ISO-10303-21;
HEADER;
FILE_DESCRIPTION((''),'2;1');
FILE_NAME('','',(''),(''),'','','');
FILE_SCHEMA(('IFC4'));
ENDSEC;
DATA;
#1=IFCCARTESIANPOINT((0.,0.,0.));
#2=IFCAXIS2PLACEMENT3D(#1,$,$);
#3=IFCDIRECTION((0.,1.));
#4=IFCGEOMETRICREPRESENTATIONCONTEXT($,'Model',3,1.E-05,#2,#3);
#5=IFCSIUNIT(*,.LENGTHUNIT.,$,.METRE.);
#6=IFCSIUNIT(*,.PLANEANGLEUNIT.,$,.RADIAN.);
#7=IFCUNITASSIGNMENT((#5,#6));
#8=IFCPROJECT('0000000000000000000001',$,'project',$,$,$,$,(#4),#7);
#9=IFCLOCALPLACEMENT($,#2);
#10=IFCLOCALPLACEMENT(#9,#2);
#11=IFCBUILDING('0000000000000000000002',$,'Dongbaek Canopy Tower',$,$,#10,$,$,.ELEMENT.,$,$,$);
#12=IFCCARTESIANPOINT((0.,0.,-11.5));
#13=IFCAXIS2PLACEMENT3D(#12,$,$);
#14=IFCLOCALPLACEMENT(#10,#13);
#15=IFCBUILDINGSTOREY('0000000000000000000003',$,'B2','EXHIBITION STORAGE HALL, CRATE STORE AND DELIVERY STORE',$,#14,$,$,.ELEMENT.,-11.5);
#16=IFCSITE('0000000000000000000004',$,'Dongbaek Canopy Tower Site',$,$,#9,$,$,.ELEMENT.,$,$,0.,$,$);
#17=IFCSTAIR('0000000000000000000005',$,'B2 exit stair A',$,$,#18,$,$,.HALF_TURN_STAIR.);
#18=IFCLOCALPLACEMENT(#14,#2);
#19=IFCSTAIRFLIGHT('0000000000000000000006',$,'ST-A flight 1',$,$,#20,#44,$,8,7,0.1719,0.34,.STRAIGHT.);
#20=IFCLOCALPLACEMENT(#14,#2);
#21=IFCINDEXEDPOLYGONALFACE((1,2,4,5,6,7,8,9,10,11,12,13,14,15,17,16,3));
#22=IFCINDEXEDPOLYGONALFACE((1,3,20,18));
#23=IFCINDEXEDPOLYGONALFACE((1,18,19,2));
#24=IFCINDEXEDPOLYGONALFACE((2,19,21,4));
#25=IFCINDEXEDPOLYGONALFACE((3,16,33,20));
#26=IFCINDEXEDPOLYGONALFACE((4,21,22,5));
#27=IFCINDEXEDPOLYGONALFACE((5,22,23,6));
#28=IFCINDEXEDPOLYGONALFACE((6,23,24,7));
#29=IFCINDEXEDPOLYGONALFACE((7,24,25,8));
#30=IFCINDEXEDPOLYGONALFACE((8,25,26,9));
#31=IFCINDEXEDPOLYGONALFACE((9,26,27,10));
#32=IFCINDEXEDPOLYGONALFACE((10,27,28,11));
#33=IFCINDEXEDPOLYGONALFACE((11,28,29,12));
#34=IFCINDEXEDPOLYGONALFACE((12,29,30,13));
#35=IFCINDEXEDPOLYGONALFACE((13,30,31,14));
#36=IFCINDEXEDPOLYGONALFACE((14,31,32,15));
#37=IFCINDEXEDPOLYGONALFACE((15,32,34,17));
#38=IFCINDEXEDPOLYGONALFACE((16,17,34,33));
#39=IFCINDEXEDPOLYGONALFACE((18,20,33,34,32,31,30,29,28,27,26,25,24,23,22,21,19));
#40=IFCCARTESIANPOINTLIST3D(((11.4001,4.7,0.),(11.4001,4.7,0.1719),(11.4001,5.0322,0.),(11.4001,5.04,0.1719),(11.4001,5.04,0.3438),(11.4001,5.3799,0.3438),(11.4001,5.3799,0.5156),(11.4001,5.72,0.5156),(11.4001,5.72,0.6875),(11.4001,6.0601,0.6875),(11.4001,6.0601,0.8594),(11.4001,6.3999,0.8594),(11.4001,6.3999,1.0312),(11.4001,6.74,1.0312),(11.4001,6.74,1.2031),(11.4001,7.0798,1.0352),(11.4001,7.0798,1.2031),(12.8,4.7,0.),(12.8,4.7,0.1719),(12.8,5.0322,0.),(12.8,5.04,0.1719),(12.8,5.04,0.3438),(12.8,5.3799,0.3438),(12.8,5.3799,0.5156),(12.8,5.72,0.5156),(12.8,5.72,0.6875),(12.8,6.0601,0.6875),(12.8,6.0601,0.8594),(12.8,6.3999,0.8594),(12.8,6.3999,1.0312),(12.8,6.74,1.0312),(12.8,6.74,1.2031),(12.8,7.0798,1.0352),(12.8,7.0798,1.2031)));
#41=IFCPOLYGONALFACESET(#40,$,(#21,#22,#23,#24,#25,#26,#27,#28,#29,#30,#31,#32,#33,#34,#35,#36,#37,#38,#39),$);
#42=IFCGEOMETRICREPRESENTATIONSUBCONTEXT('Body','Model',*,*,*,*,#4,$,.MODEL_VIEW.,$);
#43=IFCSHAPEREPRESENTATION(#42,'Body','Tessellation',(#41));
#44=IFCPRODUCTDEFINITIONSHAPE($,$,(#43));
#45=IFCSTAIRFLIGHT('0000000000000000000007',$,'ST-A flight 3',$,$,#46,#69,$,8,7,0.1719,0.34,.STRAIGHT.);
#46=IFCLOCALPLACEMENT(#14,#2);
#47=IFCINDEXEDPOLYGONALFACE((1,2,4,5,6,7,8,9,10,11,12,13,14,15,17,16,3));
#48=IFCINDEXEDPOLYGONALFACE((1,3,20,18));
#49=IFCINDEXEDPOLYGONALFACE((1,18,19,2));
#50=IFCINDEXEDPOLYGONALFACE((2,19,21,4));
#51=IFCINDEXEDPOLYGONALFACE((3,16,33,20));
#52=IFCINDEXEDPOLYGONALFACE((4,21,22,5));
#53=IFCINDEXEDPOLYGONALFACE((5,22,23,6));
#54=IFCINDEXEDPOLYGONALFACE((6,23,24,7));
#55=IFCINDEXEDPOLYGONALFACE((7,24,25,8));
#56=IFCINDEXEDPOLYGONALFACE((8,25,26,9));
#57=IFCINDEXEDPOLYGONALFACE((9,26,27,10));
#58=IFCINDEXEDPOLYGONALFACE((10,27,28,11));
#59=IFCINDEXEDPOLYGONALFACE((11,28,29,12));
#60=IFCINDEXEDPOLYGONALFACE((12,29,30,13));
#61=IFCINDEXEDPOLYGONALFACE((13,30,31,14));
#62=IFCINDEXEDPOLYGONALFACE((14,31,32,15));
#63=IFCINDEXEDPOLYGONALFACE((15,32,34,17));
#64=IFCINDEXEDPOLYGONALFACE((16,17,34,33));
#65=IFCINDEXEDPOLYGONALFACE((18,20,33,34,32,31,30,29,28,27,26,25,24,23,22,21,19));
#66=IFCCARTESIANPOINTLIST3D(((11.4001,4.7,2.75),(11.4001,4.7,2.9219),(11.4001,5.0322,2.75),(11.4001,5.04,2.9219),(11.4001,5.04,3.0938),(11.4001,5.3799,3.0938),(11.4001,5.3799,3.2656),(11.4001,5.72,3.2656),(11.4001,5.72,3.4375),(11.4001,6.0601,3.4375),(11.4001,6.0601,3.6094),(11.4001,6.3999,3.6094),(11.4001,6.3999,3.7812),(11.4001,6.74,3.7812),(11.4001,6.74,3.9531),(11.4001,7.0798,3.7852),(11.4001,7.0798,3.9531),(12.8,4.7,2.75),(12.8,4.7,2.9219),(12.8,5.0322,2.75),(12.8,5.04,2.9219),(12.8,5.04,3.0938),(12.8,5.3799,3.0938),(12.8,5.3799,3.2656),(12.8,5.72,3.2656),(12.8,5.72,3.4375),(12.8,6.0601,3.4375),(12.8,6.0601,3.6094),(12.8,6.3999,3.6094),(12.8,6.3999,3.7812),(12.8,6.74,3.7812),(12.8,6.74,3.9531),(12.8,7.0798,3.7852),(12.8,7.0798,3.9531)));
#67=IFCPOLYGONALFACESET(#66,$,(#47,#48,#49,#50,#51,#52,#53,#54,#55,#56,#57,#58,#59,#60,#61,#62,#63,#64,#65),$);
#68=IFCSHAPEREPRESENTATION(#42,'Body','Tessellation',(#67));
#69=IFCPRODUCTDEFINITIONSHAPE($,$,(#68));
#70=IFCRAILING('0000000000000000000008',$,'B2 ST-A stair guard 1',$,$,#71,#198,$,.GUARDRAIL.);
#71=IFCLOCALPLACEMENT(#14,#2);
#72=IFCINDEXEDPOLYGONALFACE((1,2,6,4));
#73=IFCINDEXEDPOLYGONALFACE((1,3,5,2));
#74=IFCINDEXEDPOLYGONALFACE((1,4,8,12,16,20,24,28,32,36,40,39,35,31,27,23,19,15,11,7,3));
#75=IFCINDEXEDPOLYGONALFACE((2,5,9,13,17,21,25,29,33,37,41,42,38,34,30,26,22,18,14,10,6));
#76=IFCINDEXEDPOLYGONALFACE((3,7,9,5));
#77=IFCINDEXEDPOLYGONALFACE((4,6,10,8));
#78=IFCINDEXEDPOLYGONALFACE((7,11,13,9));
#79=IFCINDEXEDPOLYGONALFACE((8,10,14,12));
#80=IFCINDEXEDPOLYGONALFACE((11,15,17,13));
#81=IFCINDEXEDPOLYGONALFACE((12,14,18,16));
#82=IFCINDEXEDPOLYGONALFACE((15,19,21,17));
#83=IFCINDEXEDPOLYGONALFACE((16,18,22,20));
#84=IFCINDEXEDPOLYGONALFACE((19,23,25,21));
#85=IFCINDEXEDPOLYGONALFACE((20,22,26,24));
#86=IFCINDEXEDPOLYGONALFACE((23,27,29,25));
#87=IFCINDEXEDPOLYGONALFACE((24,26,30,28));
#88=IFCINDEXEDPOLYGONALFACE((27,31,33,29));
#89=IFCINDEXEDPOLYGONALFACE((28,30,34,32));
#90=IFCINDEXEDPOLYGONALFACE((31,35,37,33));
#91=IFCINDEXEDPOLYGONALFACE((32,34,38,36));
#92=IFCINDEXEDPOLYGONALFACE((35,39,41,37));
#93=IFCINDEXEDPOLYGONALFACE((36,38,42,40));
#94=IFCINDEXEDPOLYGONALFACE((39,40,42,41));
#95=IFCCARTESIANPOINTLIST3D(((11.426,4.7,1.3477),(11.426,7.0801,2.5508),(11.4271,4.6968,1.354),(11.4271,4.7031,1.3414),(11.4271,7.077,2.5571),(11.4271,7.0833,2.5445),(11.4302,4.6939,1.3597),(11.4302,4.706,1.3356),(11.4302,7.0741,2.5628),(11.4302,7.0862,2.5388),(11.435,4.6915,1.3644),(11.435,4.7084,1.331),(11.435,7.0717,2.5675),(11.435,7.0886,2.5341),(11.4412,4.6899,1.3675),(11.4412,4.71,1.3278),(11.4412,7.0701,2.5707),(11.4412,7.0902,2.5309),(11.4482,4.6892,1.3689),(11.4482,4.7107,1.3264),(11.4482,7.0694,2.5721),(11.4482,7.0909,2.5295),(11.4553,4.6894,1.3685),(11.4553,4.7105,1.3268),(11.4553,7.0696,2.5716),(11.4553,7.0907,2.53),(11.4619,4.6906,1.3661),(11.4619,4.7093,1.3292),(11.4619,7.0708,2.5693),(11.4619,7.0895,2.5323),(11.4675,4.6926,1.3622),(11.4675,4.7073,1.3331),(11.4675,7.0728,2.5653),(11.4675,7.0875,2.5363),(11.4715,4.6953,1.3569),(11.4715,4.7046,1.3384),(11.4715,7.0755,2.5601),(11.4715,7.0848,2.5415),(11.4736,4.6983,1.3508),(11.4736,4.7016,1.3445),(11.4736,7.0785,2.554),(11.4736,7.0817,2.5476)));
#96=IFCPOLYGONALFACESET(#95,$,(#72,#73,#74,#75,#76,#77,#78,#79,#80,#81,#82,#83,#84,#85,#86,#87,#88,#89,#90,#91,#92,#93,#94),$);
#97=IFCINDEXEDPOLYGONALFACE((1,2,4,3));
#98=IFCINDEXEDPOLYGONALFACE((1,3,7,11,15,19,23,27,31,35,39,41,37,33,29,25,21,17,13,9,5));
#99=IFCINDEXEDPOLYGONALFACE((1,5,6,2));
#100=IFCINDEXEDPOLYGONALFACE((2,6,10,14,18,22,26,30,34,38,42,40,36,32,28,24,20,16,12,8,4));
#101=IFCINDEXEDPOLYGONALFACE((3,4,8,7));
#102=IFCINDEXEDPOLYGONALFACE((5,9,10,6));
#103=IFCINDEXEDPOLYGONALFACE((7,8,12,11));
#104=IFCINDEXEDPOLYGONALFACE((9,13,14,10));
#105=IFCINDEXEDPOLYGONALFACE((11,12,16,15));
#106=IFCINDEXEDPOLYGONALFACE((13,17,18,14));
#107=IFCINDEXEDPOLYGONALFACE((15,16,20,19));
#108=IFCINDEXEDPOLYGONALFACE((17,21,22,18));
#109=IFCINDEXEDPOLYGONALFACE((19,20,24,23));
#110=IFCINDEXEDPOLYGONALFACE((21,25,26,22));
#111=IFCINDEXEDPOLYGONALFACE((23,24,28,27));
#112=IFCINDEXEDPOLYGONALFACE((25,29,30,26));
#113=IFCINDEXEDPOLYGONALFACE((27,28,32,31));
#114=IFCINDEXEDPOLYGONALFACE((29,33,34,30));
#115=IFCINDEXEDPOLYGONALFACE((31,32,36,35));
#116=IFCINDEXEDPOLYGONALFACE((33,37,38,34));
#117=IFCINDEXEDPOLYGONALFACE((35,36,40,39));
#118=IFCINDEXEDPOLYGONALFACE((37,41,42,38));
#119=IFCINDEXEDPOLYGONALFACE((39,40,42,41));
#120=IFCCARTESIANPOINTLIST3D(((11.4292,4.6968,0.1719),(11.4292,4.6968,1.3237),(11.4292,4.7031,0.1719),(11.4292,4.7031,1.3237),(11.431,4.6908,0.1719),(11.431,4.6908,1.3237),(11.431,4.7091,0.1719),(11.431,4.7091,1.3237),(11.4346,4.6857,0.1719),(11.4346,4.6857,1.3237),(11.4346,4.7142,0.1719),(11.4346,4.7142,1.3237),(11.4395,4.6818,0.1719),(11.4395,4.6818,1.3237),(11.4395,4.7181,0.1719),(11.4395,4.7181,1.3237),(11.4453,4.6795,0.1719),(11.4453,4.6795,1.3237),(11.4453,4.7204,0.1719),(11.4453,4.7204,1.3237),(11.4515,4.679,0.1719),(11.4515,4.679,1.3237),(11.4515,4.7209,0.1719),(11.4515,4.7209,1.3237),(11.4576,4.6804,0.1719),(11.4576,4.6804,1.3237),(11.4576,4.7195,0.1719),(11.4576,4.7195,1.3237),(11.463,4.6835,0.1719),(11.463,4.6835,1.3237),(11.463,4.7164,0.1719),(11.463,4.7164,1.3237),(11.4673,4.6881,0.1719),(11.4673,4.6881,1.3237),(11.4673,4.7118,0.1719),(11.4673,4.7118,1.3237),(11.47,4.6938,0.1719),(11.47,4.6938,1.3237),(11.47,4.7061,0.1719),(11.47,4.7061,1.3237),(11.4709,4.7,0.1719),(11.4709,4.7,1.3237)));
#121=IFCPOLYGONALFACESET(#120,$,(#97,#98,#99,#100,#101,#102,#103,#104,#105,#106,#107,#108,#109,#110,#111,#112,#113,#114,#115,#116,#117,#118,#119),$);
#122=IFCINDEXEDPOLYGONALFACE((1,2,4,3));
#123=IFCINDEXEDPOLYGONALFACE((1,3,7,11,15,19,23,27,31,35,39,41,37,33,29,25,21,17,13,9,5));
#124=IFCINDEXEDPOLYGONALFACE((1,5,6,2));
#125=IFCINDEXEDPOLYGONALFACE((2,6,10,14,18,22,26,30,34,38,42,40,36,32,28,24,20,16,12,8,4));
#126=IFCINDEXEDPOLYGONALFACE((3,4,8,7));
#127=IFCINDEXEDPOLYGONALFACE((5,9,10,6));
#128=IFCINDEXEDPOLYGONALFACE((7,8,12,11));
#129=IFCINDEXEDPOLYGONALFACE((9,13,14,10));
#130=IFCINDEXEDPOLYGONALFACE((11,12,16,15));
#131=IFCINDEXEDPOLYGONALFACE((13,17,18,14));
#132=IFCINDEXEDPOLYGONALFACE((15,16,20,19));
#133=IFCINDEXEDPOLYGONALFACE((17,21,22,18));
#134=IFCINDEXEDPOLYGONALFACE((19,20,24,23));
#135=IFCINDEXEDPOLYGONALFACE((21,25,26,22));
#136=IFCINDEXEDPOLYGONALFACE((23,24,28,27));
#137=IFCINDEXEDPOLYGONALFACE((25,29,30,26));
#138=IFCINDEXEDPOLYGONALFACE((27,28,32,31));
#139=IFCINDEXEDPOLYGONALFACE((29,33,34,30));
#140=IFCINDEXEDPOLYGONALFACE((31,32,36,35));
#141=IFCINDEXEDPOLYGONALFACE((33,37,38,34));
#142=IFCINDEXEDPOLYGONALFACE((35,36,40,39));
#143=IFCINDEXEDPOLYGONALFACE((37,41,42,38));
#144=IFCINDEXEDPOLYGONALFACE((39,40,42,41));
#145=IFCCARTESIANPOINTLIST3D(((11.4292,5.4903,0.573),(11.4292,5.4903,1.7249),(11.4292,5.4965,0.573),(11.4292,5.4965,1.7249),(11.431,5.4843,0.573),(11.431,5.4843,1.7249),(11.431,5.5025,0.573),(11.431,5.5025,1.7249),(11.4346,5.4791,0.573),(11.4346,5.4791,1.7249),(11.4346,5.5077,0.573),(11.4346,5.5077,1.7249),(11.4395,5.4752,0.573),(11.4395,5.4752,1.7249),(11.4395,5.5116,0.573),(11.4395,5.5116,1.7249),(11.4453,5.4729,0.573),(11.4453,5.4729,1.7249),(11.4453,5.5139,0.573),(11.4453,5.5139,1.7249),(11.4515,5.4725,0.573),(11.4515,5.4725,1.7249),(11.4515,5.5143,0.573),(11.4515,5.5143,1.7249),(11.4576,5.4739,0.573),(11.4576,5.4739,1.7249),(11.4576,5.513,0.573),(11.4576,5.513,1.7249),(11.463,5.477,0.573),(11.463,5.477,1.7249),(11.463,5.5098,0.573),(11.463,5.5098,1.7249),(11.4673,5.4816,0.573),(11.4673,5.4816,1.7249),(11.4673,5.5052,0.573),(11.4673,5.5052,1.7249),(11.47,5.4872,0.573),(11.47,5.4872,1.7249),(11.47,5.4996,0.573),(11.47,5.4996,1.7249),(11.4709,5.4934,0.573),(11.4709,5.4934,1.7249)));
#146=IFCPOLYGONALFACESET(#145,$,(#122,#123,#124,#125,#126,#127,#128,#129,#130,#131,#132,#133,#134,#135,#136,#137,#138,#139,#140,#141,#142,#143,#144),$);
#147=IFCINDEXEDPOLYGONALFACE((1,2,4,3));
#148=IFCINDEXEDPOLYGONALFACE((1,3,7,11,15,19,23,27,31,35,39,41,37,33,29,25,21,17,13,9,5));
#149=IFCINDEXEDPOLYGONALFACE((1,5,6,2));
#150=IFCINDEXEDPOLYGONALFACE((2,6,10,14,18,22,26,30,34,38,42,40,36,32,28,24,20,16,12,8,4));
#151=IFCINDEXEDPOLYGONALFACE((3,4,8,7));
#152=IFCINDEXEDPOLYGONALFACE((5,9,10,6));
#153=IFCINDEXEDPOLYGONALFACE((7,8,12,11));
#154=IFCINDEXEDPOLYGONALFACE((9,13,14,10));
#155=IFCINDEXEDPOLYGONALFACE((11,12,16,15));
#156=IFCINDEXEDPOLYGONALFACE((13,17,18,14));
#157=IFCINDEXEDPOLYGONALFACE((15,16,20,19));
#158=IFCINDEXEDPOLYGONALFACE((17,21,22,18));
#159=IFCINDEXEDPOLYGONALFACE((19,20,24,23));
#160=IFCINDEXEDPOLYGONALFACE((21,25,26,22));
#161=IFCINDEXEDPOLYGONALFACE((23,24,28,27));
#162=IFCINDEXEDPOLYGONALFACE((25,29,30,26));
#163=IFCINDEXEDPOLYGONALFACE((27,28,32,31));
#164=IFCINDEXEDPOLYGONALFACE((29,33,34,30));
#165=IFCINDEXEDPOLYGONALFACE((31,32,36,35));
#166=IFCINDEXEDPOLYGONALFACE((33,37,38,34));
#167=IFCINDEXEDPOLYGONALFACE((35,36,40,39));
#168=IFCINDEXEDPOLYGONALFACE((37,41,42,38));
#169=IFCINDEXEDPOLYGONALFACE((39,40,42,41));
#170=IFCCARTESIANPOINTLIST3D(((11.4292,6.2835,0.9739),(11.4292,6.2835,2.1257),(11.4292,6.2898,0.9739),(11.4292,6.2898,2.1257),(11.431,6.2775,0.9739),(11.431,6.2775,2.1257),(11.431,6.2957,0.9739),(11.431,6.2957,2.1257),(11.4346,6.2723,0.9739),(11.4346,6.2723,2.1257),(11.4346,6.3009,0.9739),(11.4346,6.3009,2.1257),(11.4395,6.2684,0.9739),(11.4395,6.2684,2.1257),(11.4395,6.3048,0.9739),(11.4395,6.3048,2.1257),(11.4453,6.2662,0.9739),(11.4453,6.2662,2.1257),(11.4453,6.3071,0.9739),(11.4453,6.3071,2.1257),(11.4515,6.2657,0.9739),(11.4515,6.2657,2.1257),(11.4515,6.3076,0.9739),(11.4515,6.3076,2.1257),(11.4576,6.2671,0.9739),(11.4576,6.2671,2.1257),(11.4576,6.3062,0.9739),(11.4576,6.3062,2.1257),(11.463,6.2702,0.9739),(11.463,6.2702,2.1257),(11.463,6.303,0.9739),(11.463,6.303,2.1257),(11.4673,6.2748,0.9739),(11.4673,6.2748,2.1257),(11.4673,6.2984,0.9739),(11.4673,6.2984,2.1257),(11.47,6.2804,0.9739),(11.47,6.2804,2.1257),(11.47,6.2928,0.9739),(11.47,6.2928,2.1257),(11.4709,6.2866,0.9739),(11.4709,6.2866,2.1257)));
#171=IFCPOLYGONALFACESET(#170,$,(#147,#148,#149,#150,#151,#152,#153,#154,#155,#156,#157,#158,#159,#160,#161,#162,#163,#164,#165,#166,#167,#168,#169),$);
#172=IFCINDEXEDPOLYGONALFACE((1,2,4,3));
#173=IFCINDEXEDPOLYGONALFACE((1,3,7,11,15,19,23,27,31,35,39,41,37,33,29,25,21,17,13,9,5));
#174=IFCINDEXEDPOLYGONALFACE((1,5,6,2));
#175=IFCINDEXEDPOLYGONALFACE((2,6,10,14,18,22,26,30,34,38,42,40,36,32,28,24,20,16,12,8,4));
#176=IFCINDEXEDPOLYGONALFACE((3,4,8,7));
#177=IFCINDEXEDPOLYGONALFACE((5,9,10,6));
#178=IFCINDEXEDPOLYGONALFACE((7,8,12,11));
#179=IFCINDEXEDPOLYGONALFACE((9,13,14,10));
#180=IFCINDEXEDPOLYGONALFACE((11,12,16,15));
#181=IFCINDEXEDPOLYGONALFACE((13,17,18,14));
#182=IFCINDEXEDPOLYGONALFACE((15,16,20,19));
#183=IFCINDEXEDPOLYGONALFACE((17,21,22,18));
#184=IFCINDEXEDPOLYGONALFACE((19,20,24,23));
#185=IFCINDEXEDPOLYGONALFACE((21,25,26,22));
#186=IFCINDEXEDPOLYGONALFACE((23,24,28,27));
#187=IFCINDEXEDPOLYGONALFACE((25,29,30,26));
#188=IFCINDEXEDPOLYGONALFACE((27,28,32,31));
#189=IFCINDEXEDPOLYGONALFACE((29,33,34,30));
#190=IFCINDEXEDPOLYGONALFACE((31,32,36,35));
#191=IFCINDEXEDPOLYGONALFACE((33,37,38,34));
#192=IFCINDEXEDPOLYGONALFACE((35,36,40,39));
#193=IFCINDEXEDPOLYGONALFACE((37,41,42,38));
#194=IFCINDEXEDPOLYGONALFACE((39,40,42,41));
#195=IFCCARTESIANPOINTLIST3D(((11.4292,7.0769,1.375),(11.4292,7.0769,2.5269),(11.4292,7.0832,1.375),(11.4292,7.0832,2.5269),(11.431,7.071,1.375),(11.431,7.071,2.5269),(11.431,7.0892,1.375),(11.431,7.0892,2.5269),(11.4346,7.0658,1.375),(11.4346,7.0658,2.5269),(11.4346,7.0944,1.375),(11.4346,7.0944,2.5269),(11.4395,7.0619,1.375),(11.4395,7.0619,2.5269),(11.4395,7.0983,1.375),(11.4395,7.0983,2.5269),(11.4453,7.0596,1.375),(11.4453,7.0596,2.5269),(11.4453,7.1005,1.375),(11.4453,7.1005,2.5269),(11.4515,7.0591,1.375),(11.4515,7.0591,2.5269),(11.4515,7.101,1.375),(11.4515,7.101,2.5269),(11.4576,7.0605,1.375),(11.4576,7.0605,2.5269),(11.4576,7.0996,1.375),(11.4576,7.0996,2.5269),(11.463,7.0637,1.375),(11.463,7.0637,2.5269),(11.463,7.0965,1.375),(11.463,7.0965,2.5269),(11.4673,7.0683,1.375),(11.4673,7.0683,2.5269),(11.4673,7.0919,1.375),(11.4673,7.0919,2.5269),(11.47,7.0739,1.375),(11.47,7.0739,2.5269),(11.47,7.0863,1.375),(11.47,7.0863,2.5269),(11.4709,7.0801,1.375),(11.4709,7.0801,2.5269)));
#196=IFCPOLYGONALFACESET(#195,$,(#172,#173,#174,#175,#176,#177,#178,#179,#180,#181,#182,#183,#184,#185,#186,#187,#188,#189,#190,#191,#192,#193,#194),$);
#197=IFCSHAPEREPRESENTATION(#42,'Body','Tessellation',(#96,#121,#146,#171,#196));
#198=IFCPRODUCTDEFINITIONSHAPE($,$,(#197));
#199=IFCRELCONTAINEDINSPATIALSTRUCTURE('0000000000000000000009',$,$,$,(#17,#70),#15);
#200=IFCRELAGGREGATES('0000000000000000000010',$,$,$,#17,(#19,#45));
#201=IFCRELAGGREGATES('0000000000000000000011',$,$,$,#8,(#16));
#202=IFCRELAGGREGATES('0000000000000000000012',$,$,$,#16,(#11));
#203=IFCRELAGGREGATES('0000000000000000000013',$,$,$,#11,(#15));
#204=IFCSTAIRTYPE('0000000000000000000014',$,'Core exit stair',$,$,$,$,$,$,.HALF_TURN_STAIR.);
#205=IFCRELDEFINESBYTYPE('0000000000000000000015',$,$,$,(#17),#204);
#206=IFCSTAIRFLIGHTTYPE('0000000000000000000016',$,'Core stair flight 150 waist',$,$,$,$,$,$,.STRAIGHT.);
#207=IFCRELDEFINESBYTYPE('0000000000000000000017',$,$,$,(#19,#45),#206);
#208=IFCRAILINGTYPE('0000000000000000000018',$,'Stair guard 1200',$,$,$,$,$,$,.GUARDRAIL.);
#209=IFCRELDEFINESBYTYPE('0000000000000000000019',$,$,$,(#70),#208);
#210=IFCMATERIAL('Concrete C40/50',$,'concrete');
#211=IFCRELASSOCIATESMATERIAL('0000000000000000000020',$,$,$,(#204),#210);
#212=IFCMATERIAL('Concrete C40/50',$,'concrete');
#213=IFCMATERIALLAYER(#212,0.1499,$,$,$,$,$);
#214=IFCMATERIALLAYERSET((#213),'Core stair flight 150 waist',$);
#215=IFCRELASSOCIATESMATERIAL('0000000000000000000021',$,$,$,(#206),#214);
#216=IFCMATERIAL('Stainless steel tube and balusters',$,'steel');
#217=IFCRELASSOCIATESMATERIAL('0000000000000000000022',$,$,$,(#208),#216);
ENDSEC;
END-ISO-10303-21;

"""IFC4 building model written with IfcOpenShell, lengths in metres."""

from ifc_helpers import new_model, si_unit, direction, frame, origin, origin_2d, place, context, subcontext, project, spatial, polyline, circle, outline, extrude, material, layer, layer_set, type_object, element, aggregate, save


model = new_model("IFC4")

# Units and contexts
model_context = context("Model", 3, precision=1e-05, world=origin(), true_north=direction((0.0, 1.0)))
body_context = subcontext(model_context, "Body", "Model", "MODEL_VIEW")
ifc_project = project(units=[si_unit("LENGTHUNIT", "METRE"), si_unit("PLANEANGLEUNIT", "RADIAN")], contexts=[model_context])

# Site, building, storey
site_placement = place(None, origin())
site = spatial("IfcSite", under=ifc_project, at=site_placement, Name="Dongbaek Canopy Tower Site", CompositionType="ELEMENT", RefElevation=0.0)
building_placement = place(site_placement, origin())
building = spatial("IfcBuilding", under=site, at=building_placement, Name="Dongbaek Canopy Tower", CompositionType="ELEMENT")
storey_placement = place(building_placement, frame((0.0, 0.0, -11.5)))
storey = spatial("IfcBuildingStorey", under=building, at=storey_placement, Name="B2", Description="EXHIBITION STORAGE HALL, CRATE STORE AND DELIVERY STORE", CompositionType="ELEMENT", Elevation=-11.5)

# Stair, stair flights
ifc_material_1 = material(Name="Concrete C40/50", Category="concrete")
stair_type = type_object("IfcStairType", Name="Core exit stair", PredefinedType="HALF_TURN_STAIR", material=ifc_material_1)
stair_placement = place(storey_placement, origin())
stair = element("IfcStair", 1, at=stair_placement, inside=storey, type_object=stair_type, Name="B2 exit stair A", PredefinedType="HALF_TURN_STAIR")
ifc_material_2 = material(Name="Concrete C40/50", Category="concrete")
ifc_layer_1 = layer(ifc_material_2, 0.1499)
ifc_layer_set_1 = layer_set([ifc_layer_1], Name="Core stair flight 150 waist")
stair_flight_type = type_object("IfcStairFlightType", Name="Core stair flight 150 waist", PredefinedType="STRAIGHT", material=ifc_layer_set_1)
stair_flight_1_placement = place(storey_placement, frame((12.1001, 4.7, 0.0), z_axis=(0.0, 0.0, 1.0), x_axis=(0.0, 1.0, 0.0)))
stair_flight_1 = element("IfcStairFlight", 2, at=stair_flight_1_placement, type_object=stair_flight_type, Name="ST-A flight 1", NumberOfRisers=8, NumberOfTreads=7, PredefinedType="STRAIGHT", RiserHeight=0.1719, TreadLength=0.34, context=body_context, shape_type="SweptSolid", body=[
    extrude(outline(polyline([(0.0, 0.0), (0.0, 0.1719), (0.3401, 0.1719), (0.3401, 0.3438), (0.6799, 0.3438), (0.6799, 0.5156), (1.02, 0.5156), (1.02, 0.6875), (1.3601, 0.6875), (1.3601, 0.8594), (1.7, 0.8594), (1.7, 1.0312), (2.04, 1.0312), (2.04, 1.2031), (2.3799, 1.2031), (2.3799, 1.375), (2.3799, 1.0352), (0.3323, 0.0), (0.0, 0.0)])), frame((0.0, 0.7, 0.0), z_axis=(0.0, -1.0, 0.0), x_axis=(1.0, 0.0, 0.0)), (0.0, 0.0, 1.0), 1.3999),
])
stair_flight_2_placement = place(storey_placement, frame((12.1001, 4.7, 2.75), z_axis=(0.0, 0.0, 1.0), x_axis=(0.0, 1.0, 0.0)))
stair_flight_2 = element("IfcStairFlight", 3, at=stair_flight_2_placement, type_object=stair_flight_type, Name="ST-A flight 3", NumberOfRisers=8, NumberOfTreads=7, PredefinedType="STRAIGHT", RiserHeight=0.1719, TreadLength=0.34, context=body_context, shape_type="SweptSolid", body=[
    extrude(outline(polyline([(0.0, 0.0), (0.0, 0.1719), (0.3401, 0.1719), (0.3401, 0.3438), (0.6799, 0.3438), (0.6799, 0.5156), (1.02, 0.5156), (1.02, 0.6875), (1.3601, 0.6875), (1.3601, 0.8594), (1.7, 0.8594), (1.7, 1.0312), (2.04, 1.0312), (2.04, 1.2031), (2.3799, 1.2031), (2.3799, 1.375), (2.3799, 1.0352), (0.3323, 0.0), (0.0, 0.0)])), frame((0.0, 0.7, 0.0), z_axis=(0.0, -1.0, 0.0), x_axis=(1.0, 0.0, 0.0)), (0.0, 0.0, 1.0), 1.3999),
])
aggregate(stair, [stair_flight_1, stair_flight_2])

# Railing
ifc_material_3 = material(Name="Stainless steel tube and balusters", Category="steel")
railing_type_1 = type_object("IfcRailingType", Name="Stair guard 1200", PredefinedType="GUARDRAIL", material=ifc_material_3)
for number, where, name in (
    (4, (11.45, 4.7, 0.1719), "B2 ST-A stair guard 1"),
):
    element("IfcRailing", number, at=place(storey_placement, frame(where)), inside=storey, type_object=railing_type_1, Name=name, PredefinedType="GUARDRAIL", context=body_context, shape_type="SweptSolid", body=[
        extrude(circle(Radius=0.0239, at=origin_2d()), frame((0.0, 0.0, 1.1758), z_axis=(0.0, 0.89246, 0.451127), x_axis=(-1.0, 0.0, 0.0)), (0.0, 0.0, 1.0), 2.667),
        extrude(circle(Radius=0.021, at=origin_2d()), origin(), (0.0, 0.0, 1.0), 1.1519),
        extrude(circle(Radius=0.021, at=origin_2d()), frame((0.0, 0.7935, 0.4011)), (0.0, 0.0, 1.0), 1.1519),
        extrude(circle(Radius=0.021, at=origin_2d()), frame((0.0, 1.5867, 0.802)), (0.0, 0.0, 1.0), 1.1519),
        extrude(circle(Radius=0.021, at=origin_2d()), frame((0.0, 2.3801, 1.2031)), (0.0, 0.0, 1.0), 1.1519),
    ])

save(model, "model.ifc")
